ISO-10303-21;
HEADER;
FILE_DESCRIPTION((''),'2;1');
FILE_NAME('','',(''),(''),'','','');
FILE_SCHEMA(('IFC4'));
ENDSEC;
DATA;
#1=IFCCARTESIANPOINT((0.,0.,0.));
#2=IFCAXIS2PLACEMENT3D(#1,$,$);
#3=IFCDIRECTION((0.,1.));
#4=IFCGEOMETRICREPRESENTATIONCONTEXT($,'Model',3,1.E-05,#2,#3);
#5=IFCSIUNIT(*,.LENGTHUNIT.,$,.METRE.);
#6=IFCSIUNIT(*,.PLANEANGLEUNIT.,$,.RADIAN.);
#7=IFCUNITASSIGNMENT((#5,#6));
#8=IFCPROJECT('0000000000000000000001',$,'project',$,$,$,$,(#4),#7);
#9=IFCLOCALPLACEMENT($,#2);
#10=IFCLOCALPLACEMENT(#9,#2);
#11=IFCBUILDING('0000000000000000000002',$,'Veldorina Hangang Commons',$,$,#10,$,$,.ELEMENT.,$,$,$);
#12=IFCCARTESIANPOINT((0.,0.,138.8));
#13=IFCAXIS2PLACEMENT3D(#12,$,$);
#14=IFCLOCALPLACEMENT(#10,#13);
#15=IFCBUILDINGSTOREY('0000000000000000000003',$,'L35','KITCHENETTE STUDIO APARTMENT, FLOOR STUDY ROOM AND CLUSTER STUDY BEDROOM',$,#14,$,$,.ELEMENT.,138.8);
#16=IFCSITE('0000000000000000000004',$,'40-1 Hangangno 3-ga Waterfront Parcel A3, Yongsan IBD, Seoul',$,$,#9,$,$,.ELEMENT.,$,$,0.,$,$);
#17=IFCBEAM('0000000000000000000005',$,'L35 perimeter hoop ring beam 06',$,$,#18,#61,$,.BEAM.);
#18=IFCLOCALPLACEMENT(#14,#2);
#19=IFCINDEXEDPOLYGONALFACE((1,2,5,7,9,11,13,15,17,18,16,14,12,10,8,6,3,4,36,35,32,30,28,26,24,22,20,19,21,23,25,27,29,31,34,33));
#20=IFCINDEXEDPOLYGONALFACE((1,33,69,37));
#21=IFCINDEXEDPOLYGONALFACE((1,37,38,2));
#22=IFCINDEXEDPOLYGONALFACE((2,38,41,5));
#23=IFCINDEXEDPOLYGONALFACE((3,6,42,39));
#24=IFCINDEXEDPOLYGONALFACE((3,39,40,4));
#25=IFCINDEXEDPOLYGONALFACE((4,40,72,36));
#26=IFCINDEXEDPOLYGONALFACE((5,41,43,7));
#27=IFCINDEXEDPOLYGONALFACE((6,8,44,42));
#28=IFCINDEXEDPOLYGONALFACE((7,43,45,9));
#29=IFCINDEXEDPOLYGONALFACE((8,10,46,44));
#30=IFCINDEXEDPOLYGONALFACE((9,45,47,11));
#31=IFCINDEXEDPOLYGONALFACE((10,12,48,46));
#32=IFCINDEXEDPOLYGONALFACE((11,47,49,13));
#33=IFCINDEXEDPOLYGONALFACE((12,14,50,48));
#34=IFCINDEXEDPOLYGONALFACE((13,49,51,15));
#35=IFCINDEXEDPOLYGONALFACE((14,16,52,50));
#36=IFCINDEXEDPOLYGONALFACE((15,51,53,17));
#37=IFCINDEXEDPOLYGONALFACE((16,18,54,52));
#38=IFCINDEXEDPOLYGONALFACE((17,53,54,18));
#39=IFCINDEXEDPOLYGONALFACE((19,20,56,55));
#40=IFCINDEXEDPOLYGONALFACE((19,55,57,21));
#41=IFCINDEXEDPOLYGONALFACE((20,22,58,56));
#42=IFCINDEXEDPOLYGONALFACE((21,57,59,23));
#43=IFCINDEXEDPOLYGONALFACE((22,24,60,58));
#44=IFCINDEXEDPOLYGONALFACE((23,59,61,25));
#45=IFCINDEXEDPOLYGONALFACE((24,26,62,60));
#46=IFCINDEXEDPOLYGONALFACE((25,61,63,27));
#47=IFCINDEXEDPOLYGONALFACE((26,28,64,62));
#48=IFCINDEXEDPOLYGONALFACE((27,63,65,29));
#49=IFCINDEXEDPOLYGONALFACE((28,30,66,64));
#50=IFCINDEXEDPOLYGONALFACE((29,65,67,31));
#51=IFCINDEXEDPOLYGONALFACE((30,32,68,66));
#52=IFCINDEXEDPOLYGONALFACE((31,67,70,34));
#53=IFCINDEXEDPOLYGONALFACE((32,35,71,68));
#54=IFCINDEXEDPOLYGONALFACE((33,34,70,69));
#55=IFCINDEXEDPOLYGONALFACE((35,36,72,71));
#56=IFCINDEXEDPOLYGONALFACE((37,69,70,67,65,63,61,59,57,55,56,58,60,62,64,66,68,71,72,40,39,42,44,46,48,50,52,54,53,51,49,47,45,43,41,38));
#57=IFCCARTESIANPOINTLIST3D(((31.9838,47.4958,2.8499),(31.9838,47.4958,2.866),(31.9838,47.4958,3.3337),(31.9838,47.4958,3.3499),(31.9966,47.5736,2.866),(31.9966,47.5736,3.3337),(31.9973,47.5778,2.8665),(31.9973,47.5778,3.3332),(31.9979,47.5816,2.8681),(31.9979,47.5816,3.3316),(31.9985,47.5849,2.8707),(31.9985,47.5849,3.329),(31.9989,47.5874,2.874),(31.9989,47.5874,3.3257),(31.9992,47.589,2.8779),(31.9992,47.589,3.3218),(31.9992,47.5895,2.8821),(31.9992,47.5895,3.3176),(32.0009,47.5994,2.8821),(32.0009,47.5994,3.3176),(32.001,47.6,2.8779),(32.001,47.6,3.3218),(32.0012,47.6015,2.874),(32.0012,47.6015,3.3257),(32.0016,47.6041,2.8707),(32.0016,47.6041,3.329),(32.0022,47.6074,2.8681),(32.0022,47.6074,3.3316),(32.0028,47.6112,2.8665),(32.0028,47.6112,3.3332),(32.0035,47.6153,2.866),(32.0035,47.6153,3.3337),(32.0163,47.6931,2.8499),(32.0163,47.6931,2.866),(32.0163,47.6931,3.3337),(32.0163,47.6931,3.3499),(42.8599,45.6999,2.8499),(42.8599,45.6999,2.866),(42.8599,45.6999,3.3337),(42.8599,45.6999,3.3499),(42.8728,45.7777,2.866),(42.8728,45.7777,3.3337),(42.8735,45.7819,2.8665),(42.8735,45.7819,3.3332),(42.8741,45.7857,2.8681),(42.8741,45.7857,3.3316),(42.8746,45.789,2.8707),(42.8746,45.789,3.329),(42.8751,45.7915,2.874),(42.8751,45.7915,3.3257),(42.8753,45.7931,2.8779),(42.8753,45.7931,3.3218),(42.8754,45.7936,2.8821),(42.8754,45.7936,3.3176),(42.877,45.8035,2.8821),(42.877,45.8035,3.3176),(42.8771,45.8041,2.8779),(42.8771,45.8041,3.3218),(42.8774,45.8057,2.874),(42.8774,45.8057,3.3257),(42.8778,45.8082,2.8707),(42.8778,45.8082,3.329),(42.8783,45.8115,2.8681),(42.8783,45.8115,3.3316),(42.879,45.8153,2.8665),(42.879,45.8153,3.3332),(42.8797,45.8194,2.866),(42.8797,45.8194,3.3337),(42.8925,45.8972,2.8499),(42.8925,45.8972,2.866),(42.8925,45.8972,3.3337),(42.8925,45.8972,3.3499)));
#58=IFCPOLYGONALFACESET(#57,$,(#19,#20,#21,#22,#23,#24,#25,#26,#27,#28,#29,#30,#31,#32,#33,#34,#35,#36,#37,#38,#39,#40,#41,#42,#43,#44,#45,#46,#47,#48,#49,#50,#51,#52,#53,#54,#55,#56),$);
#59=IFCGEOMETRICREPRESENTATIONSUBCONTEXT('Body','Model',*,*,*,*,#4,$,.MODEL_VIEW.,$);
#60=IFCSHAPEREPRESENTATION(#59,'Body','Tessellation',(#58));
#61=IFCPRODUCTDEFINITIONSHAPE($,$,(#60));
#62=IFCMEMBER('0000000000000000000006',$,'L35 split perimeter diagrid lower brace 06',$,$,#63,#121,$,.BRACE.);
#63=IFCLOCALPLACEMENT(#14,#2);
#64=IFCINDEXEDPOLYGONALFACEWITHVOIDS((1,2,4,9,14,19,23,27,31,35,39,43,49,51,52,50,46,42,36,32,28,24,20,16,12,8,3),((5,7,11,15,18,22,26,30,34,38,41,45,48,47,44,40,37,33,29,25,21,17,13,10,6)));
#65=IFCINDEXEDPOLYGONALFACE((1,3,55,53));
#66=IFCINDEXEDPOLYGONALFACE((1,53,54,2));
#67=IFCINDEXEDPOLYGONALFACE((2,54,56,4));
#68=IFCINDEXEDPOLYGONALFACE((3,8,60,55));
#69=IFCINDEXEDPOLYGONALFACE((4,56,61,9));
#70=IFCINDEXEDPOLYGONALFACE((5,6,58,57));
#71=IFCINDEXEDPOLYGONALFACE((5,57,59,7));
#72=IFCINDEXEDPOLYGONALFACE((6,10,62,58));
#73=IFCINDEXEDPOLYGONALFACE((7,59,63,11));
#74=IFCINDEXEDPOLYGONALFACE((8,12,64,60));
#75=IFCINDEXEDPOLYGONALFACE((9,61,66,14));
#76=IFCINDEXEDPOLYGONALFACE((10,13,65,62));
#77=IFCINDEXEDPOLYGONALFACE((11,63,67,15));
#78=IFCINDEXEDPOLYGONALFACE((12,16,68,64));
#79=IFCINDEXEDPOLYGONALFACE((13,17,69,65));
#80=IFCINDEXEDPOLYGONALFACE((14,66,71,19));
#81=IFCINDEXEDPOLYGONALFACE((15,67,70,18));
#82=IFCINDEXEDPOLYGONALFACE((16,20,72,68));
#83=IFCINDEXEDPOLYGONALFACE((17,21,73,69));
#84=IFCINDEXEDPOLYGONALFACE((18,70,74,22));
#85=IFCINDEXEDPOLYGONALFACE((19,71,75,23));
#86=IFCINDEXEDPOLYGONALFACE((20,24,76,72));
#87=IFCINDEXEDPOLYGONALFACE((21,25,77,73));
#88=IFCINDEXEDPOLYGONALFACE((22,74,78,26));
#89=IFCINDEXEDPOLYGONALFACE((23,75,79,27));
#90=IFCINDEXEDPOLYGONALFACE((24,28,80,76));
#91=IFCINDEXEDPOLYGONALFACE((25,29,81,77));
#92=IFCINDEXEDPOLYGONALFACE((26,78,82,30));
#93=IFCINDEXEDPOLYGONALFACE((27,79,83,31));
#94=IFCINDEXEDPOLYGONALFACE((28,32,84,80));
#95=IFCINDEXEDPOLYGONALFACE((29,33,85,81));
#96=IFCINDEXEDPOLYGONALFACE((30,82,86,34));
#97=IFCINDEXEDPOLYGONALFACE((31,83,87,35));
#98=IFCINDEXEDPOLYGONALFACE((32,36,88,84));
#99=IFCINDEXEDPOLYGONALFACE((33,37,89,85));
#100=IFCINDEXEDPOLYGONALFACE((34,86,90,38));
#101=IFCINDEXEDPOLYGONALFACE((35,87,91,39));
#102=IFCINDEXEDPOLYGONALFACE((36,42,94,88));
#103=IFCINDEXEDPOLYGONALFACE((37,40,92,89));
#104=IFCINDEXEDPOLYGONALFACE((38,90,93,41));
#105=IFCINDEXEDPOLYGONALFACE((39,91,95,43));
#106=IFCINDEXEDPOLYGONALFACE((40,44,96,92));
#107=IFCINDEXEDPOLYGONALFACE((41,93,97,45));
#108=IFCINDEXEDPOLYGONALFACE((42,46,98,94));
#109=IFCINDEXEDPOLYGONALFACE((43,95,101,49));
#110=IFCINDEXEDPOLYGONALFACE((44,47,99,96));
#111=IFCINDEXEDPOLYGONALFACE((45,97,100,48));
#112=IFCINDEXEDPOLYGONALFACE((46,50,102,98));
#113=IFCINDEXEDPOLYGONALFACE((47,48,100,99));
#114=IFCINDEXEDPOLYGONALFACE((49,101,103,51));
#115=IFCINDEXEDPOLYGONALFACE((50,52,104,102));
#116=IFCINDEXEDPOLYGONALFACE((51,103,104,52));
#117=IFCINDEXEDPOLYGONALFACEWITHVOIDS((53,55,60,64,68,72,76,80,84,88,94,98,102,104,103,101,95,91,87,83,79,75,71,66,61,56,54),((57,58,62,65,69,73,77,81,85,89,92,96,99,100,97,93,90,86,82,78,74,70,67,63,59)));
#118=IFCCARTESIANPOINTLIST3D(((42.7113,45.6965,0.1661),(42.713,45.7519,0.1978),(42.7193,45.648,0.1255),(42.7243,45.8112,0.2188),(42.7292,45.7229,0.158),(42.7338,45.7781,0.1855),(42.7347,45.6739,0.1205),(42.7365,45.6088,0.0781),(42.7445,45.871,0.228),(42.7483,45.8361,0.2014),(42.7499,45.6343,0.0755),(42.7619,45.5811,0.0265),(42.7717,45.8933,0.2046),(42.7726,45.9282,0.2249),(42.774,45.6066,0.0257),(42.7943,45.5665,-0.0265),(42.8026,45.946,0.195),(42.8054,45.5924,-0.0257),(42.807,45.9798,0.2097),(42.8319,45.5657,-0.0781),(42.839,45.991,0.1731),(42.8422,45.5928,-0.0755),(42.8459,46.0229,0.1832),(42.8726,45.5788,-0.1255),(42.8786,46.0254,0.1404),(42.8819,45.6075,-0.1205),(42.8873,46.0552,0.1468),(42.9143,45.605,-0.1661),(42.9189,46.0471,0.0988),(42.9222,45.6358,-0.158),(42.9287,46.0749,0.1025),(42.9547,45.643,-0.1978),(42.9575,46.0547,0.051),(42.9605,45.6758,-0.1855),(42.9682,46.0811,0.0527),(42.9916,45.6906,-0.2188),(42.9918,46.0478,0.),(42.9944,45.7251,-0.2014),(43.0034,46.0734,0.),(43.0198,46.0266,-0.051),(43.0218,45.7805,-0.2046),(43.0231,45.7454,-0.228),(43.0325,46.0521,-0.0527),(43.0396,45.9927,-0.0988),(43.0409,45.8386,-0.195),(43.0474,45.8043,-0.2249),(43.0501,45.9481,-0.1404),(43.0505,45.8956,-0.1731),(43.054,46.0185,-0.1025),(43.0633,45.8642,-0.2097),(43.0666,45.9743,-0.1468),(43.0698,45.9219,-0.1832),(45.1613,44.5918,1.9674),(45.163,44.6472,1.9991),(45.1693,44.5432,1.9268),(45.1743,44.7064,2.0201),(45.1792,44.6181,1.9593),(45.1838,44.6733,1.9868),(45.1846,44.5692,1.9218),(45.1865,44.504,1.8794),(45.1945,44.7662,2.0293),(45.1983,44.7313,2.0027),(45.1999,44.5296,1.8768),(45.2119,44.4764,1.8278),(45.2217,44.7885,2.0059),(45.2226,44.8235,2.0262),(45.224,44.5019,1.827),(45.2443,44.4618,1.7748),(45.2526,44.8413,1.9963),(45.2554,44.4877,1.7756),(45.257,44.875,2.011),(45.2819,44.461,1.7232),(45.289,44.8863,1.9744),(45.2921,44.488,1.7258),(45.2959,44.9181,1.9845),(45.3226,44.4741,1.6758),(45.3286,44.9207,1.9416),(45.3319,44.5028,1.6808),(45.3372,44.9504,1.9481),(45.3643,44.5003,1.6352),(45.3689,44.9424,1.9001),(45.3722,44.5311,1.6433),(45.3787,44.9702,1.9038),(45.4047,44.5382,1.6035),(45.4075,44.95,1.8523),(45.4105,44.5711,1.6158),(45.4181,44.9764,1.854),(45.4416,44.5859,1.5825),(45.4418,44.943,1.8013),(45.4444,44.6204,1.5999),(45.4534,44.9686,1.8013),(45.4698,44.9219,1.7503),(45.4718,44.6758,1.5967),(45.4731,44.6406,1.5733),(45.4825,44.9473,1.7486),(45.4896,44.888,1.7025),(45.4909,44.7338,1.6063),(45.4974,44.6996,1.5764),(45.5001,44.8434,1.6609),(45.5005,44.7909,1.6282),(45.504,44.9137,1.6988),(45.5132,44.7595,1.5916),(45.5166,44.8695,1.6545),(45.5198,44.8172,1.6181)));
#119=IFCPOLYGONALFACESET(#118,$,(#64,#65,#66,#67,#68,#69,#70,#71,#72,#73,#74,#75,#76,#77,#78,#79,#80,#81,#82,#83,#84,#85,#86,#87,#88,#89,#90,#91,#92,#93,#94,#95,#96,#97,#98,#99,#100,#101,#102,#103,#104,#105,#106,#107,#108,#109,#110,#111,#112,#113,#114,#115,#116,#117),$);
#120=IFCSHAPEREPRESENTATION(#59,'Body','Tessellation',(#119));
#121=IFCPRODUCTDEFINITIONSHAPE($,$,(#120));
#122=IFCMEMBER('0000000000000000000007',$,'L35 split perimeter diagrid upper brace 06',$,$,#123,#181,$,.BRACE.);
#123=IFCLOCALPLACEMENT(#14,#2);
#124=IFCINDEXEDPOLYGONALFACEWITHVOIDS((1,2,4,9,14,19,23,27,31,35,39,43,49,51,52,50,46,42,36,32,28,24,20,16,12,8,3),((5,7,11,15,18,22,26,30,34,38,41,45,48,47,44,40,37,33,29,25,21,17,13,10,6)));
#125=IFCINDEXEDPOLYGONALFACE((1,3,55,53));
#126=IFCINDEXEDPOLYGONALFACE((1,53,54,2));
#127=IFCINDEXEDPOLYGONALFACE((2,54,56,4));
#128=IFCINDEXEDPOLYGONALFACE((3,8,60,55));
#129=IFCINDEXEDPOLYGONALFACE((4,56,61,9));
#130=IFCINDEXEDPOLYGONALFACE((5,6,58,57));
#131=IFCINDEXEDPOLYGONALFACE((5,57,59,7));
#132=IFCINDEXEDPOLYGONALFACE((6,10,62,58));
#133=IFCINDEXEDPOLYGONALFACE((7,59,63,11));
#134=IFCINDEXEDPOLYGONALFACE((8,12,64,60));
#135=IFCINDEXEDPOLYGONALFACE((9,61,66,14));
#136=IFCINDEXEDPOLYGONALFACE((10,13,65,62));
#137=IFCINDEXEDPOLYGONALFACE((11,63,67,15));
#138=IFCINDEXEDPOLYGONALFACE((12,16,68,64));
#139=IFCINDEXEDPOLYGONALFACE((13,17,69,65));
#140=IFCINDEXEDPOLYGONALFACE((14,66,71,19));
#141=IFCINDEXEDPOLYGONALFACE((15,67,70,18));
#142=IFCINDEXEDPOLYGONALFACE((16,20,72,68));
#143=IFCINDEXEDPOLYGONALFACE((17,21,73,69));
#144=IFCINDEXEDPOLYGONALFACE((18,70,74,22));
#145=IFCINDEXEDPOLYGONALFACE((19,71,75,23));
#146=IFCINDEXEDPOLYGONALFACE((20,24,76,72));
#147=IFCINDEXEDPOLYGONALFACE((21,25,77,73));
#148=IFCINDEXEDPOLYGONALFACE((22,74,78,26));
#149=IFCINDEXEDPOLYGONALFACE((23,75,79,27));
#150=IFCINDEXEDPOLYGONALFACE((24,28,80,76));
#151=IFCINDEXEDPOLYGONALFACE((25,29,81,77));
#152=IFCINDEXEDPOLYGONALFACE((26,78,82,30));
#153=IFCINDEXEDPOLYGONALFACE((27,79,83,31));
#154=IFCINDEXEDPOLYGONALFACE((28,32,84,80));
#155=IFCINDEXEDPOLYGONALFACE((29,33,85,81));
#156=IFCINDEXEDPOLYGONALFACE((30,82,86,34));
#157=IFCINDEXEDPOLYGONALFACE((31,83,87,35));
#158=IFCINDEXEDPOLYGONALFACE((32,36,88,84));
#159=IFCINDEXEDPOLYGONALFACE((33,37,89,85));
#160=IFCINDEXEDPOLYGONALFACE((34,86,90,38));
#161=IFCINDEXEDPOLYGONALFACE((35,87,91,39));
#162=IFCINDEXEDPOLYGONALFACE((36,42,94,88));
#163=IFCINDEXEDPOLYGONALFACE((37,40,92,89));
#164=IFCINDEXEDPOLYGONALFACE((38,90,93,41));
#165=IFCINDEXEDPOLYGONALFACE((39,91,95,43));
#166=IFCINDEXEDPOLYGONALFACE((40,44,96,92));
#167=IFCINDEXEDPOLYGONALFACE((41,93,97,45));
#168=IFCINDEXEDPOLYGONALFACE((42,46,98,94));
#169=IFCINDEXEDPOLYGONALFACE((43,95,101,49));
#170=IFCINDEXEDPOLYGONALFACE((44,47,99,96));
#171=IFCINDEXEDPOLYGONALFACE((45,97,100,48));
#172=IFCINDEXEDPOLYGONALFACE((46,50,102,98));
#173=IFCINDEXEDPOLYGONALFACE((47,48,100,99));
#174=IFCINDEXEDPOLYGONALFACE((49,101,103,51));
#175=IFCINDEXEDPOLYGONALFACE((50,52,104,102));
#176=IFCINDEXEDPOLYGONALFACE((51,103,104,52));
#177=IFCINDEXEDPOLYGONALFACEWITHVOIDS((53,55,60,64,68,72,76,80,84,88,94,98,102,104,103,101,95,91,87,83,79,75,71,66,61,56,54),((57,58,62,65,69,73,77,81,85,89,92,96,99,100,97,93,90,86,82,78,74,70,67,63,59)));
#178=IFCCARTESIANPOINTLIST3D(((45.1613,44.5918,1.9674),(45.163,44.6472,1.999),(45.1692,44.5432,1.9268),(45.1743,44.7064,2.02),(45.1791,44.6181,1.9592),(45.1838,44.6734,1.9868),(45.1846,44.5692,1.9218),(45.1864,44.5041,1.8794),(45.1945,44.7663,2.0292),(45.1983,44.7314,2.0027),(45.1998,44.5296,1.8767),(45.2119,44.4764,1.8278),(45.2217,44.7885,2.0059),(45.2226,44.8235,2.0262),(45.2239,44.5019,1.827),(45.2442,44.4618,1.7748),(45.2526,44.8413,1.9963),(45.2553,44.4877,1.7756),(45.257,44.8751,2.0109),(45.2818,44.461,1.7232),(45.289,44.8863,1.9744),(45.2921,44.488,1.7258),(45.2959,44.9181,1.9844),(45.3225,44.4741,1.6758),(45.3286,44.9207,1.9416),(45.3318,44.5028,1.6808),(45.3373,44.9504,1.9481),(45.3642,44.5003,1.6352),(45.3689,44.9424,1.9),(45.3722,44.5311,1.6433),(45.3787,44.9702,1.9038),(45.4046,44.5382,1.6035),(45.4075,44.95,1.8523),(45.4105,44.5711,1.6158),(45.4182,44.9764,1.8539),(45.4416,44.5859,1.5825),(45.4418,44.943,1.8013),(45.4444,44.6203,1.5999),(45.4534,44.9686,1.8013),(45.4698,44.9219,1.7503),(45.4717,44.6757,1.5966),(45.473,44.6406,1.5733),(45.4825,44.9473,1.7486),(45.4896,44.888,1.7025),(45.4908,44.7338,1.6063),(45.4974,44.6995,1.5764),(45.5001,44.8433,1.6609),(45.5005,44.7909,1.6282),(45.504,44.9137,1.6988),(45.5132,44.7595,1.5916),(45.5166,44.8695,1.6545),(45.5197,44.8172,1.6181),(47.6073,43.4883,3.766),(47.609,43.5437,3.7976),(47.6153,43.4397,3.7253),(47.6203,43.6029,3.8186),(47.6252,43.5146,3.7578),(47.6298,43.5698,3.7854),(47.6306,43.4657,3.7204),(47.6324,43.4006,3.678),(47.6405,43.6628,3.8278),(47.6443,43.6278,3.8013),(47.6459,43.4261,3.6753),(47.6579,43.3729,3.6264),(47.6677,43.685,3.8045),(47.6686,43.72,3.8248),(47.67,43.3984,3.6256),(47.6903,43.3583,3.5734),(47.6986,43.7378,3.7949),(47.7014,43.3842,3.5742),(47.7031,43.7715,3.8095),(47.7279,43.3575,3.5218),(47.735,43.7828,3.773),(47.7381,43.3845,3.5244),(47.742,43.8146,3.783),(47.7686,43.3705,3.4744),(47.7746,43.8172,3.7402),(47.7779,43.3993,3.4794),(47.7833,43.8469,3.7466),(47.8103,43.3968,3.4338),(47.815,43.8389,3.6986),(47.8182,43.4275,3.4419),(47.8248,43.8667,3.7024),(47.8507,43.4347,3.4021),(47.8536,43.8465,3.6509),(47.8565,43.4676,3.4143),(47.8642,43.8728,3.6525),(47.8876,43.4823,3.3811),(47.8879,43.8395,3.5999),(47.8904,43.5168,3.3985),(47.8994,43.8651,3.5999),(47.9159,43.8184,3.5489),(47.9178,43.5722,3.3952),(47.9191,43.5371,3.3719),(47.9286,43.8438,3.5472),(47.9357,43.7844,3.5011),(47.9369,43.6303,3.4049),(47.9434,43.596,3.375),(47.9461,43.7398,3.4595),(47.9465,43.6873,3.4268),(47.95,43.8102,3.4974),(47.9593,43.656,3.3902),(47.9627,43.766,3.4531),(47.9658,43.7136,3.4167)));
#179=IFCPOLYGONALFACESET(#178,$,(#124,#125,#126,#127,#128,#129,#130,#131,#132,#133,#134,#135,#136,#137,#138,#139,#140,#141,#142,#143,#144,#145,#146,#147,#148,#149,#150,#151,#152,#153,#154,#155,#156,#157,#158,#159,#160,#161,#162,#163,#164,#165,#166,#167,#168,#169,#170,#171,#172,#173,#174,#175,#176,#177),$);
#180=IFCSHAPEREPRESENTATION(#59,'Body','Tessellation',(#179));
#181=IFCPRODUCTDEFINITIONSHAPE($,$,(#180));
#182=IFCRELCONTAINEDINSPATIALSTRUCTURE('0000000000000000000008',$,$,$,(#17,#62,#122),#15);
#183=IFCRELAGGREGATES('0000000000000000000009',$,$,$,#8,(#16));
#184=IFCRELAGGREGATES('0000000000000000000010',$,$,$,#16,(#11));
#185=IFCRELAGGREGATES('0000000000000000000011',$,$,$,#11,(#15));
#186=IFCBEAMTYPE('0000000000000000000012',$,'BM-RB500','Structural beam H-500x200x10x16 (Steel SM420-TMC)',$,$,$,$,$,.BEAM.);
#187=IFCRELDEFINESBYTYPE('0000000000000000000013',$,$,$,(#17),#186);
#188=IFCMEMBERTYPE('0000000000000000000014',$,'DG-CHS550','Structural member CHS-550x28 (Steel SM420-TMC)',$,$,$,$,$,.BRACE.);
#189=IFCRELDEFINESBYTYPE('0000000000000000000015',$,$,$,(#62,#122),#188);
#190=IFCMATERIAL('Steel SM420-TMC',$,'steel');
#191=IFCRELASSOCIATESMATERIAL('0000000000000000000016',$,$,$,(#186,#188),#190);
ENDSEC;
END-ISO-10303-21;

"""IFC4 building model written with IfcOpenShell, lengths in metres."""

from ifc_helpers import new_model, si_unit, direction, frame, origin, origin_2d, place, context, subcontext, project, spatial, hollow_circle, i_section, extrude, material, material_profile, profile_set, type_object, element, save


model = new_model("IFC4")

# Units and contexts
model_context = context("Model", 3, precision=1e-05, world=origin(), true_north=direction((0.0, 1.0)))
body_context = subcontext(model_context, "Body", "Model", "MODEL_VIEW")
ifc_project = project(units=[si_unit("LENGTHUNIT", "METRE"), si_unit("PLANEANGLEUNIT", "RADIAN")], contexts=[model_context])

# Site, building, storey
site_placement = place(None, origin())
site = spatial("IfcSite", under=ifc_project, at=site_placement, Name="40-1 Hangangno 3-ga Waterfront Parcel A3, Yongsan IBD, Seoul", CompositionType="ELEMENT", RefElevation=0.0)
building_placement = place(site_placement, origin())
building = spatial("IfcBuilding", under=site, at=building_placement, Name="Veldorina Hangang Commons", CompositionType="ELEMENT")
storey_placement = place(building_placement, frame((0.0, 0.0, 138.8)))
storey = spatial("IfcBuildingStorey", under=building, at=storey_placement, Name="L35", Description="KITCHENETTE STUDIO APARTMENT, FLOOR STUDY ROOM AND CLUSTER STUDY BEDROOM", CompositionType="ELEMENT", Elevation=138.8)

# Beam
ifc_material_1 = material(Name="Steel SM420-TMC", Category="steel")
ifc_material_profile_1 = material_profile(ifc_material_1, i_section(OverallWidth=0.2, OverallDepth=0.5, WebThickness=0.01, FlangeThickness=0.0161, FilletRadius=0.0161, at=origin_2d()), Name="H-500x200x10x16")
ifc_profile_set_1 = profile_set([ifc_material_profile_1], Name="Steel SM420-TMC")
beam_type = type_object("IfcBeamType", Name="BM-RB500", Description="Structural beam H-500x200x10x16 (Steel SM420-TMC)", PredefinedType="BEAM", material=ifc_profile_set_1)
beam_placement = place(storey_placement, frame((42.8762, 45.7986, 3.0999), z_axis=(-0.98664, 0.162916, 0.0), x_axis=(-0.162916, -0.98664, 0.0)))
element("IfcBeam", 1, at=beam_placement, inside=storey, type_object=beam_type, Name="L35 perimeter hoop ring beam 06", PredefinedType="BEAM", context=body_context, shape_type="SweptSolid", body=[
    extrude(i_section(OverallWidth=0.2, OverallDepth=0.5, WebThickness=0.01, FlangeThickness=0.0161, FilletRadius=0.0161, at=origin_2d()), origin(), (0.0, 0.0, 1.0), 11.0234),
])

# Members
ifc_material_profile_2 = material_profile(ifc_material_1, hollow_circle(Radius=0.2749, WallThickness=0.0281, at=origin_2d()), Name="CHS-550x28")
ifc_profile_set_2 = profile_set([ifc_material_profile_2], Name="Steel SM420-TMC")
member_type = type_object("IfcMemberType", Name="DG-CHS550", Description="Structural member CHS-550x28 (Steel SM420-TMC)", PredefinedType="BRACE", material=ifc_profile_set_2)
member_1_placement = place(storey_placement, frame((42.8904, 45.8228, 0.0), z_axis=(0.757252, -0.341462, 0.556752), x_axis=(0.411063, 0.911607, 0.0)))
element("IfcMember", 2, at=member_1_placement, inside=storey, type_object=member_type, Name="L35 split perimeter diagrid lower brace 06", PredefinedType="BRACE", context=body_context, shape_type="SweptSolid", body=[
    extrude(hollow_circle(Radius=0.2749, WallThickness=0.0281, at=origin_2d()), origin(), (0.0, 0.0, 1.0), 3.2354),
])
member_2_placement = place(storey_placement, frame((45.3403, 44.718, 1.8013), z_axis=(0.757185, -0.341598, 0.55676), x_axis=(0.411231, 0.911531, 0.0)))
element("IfcMember", 3, at=member_2_placement, inside=storey, type_object=member_type, Name="L35 split perimeter diagrid upper brace 06", PredefinedType="BRACE", context=body_context, shape_type="SweptSolid", body=[
    extrude(hollow_circle(Radius=0.2749, WallThickness=0.0281, at=origin_2d()), origin(), (0.0, 0.0, 1.0), 3.2305),
])

save(model, "model.ifc")
